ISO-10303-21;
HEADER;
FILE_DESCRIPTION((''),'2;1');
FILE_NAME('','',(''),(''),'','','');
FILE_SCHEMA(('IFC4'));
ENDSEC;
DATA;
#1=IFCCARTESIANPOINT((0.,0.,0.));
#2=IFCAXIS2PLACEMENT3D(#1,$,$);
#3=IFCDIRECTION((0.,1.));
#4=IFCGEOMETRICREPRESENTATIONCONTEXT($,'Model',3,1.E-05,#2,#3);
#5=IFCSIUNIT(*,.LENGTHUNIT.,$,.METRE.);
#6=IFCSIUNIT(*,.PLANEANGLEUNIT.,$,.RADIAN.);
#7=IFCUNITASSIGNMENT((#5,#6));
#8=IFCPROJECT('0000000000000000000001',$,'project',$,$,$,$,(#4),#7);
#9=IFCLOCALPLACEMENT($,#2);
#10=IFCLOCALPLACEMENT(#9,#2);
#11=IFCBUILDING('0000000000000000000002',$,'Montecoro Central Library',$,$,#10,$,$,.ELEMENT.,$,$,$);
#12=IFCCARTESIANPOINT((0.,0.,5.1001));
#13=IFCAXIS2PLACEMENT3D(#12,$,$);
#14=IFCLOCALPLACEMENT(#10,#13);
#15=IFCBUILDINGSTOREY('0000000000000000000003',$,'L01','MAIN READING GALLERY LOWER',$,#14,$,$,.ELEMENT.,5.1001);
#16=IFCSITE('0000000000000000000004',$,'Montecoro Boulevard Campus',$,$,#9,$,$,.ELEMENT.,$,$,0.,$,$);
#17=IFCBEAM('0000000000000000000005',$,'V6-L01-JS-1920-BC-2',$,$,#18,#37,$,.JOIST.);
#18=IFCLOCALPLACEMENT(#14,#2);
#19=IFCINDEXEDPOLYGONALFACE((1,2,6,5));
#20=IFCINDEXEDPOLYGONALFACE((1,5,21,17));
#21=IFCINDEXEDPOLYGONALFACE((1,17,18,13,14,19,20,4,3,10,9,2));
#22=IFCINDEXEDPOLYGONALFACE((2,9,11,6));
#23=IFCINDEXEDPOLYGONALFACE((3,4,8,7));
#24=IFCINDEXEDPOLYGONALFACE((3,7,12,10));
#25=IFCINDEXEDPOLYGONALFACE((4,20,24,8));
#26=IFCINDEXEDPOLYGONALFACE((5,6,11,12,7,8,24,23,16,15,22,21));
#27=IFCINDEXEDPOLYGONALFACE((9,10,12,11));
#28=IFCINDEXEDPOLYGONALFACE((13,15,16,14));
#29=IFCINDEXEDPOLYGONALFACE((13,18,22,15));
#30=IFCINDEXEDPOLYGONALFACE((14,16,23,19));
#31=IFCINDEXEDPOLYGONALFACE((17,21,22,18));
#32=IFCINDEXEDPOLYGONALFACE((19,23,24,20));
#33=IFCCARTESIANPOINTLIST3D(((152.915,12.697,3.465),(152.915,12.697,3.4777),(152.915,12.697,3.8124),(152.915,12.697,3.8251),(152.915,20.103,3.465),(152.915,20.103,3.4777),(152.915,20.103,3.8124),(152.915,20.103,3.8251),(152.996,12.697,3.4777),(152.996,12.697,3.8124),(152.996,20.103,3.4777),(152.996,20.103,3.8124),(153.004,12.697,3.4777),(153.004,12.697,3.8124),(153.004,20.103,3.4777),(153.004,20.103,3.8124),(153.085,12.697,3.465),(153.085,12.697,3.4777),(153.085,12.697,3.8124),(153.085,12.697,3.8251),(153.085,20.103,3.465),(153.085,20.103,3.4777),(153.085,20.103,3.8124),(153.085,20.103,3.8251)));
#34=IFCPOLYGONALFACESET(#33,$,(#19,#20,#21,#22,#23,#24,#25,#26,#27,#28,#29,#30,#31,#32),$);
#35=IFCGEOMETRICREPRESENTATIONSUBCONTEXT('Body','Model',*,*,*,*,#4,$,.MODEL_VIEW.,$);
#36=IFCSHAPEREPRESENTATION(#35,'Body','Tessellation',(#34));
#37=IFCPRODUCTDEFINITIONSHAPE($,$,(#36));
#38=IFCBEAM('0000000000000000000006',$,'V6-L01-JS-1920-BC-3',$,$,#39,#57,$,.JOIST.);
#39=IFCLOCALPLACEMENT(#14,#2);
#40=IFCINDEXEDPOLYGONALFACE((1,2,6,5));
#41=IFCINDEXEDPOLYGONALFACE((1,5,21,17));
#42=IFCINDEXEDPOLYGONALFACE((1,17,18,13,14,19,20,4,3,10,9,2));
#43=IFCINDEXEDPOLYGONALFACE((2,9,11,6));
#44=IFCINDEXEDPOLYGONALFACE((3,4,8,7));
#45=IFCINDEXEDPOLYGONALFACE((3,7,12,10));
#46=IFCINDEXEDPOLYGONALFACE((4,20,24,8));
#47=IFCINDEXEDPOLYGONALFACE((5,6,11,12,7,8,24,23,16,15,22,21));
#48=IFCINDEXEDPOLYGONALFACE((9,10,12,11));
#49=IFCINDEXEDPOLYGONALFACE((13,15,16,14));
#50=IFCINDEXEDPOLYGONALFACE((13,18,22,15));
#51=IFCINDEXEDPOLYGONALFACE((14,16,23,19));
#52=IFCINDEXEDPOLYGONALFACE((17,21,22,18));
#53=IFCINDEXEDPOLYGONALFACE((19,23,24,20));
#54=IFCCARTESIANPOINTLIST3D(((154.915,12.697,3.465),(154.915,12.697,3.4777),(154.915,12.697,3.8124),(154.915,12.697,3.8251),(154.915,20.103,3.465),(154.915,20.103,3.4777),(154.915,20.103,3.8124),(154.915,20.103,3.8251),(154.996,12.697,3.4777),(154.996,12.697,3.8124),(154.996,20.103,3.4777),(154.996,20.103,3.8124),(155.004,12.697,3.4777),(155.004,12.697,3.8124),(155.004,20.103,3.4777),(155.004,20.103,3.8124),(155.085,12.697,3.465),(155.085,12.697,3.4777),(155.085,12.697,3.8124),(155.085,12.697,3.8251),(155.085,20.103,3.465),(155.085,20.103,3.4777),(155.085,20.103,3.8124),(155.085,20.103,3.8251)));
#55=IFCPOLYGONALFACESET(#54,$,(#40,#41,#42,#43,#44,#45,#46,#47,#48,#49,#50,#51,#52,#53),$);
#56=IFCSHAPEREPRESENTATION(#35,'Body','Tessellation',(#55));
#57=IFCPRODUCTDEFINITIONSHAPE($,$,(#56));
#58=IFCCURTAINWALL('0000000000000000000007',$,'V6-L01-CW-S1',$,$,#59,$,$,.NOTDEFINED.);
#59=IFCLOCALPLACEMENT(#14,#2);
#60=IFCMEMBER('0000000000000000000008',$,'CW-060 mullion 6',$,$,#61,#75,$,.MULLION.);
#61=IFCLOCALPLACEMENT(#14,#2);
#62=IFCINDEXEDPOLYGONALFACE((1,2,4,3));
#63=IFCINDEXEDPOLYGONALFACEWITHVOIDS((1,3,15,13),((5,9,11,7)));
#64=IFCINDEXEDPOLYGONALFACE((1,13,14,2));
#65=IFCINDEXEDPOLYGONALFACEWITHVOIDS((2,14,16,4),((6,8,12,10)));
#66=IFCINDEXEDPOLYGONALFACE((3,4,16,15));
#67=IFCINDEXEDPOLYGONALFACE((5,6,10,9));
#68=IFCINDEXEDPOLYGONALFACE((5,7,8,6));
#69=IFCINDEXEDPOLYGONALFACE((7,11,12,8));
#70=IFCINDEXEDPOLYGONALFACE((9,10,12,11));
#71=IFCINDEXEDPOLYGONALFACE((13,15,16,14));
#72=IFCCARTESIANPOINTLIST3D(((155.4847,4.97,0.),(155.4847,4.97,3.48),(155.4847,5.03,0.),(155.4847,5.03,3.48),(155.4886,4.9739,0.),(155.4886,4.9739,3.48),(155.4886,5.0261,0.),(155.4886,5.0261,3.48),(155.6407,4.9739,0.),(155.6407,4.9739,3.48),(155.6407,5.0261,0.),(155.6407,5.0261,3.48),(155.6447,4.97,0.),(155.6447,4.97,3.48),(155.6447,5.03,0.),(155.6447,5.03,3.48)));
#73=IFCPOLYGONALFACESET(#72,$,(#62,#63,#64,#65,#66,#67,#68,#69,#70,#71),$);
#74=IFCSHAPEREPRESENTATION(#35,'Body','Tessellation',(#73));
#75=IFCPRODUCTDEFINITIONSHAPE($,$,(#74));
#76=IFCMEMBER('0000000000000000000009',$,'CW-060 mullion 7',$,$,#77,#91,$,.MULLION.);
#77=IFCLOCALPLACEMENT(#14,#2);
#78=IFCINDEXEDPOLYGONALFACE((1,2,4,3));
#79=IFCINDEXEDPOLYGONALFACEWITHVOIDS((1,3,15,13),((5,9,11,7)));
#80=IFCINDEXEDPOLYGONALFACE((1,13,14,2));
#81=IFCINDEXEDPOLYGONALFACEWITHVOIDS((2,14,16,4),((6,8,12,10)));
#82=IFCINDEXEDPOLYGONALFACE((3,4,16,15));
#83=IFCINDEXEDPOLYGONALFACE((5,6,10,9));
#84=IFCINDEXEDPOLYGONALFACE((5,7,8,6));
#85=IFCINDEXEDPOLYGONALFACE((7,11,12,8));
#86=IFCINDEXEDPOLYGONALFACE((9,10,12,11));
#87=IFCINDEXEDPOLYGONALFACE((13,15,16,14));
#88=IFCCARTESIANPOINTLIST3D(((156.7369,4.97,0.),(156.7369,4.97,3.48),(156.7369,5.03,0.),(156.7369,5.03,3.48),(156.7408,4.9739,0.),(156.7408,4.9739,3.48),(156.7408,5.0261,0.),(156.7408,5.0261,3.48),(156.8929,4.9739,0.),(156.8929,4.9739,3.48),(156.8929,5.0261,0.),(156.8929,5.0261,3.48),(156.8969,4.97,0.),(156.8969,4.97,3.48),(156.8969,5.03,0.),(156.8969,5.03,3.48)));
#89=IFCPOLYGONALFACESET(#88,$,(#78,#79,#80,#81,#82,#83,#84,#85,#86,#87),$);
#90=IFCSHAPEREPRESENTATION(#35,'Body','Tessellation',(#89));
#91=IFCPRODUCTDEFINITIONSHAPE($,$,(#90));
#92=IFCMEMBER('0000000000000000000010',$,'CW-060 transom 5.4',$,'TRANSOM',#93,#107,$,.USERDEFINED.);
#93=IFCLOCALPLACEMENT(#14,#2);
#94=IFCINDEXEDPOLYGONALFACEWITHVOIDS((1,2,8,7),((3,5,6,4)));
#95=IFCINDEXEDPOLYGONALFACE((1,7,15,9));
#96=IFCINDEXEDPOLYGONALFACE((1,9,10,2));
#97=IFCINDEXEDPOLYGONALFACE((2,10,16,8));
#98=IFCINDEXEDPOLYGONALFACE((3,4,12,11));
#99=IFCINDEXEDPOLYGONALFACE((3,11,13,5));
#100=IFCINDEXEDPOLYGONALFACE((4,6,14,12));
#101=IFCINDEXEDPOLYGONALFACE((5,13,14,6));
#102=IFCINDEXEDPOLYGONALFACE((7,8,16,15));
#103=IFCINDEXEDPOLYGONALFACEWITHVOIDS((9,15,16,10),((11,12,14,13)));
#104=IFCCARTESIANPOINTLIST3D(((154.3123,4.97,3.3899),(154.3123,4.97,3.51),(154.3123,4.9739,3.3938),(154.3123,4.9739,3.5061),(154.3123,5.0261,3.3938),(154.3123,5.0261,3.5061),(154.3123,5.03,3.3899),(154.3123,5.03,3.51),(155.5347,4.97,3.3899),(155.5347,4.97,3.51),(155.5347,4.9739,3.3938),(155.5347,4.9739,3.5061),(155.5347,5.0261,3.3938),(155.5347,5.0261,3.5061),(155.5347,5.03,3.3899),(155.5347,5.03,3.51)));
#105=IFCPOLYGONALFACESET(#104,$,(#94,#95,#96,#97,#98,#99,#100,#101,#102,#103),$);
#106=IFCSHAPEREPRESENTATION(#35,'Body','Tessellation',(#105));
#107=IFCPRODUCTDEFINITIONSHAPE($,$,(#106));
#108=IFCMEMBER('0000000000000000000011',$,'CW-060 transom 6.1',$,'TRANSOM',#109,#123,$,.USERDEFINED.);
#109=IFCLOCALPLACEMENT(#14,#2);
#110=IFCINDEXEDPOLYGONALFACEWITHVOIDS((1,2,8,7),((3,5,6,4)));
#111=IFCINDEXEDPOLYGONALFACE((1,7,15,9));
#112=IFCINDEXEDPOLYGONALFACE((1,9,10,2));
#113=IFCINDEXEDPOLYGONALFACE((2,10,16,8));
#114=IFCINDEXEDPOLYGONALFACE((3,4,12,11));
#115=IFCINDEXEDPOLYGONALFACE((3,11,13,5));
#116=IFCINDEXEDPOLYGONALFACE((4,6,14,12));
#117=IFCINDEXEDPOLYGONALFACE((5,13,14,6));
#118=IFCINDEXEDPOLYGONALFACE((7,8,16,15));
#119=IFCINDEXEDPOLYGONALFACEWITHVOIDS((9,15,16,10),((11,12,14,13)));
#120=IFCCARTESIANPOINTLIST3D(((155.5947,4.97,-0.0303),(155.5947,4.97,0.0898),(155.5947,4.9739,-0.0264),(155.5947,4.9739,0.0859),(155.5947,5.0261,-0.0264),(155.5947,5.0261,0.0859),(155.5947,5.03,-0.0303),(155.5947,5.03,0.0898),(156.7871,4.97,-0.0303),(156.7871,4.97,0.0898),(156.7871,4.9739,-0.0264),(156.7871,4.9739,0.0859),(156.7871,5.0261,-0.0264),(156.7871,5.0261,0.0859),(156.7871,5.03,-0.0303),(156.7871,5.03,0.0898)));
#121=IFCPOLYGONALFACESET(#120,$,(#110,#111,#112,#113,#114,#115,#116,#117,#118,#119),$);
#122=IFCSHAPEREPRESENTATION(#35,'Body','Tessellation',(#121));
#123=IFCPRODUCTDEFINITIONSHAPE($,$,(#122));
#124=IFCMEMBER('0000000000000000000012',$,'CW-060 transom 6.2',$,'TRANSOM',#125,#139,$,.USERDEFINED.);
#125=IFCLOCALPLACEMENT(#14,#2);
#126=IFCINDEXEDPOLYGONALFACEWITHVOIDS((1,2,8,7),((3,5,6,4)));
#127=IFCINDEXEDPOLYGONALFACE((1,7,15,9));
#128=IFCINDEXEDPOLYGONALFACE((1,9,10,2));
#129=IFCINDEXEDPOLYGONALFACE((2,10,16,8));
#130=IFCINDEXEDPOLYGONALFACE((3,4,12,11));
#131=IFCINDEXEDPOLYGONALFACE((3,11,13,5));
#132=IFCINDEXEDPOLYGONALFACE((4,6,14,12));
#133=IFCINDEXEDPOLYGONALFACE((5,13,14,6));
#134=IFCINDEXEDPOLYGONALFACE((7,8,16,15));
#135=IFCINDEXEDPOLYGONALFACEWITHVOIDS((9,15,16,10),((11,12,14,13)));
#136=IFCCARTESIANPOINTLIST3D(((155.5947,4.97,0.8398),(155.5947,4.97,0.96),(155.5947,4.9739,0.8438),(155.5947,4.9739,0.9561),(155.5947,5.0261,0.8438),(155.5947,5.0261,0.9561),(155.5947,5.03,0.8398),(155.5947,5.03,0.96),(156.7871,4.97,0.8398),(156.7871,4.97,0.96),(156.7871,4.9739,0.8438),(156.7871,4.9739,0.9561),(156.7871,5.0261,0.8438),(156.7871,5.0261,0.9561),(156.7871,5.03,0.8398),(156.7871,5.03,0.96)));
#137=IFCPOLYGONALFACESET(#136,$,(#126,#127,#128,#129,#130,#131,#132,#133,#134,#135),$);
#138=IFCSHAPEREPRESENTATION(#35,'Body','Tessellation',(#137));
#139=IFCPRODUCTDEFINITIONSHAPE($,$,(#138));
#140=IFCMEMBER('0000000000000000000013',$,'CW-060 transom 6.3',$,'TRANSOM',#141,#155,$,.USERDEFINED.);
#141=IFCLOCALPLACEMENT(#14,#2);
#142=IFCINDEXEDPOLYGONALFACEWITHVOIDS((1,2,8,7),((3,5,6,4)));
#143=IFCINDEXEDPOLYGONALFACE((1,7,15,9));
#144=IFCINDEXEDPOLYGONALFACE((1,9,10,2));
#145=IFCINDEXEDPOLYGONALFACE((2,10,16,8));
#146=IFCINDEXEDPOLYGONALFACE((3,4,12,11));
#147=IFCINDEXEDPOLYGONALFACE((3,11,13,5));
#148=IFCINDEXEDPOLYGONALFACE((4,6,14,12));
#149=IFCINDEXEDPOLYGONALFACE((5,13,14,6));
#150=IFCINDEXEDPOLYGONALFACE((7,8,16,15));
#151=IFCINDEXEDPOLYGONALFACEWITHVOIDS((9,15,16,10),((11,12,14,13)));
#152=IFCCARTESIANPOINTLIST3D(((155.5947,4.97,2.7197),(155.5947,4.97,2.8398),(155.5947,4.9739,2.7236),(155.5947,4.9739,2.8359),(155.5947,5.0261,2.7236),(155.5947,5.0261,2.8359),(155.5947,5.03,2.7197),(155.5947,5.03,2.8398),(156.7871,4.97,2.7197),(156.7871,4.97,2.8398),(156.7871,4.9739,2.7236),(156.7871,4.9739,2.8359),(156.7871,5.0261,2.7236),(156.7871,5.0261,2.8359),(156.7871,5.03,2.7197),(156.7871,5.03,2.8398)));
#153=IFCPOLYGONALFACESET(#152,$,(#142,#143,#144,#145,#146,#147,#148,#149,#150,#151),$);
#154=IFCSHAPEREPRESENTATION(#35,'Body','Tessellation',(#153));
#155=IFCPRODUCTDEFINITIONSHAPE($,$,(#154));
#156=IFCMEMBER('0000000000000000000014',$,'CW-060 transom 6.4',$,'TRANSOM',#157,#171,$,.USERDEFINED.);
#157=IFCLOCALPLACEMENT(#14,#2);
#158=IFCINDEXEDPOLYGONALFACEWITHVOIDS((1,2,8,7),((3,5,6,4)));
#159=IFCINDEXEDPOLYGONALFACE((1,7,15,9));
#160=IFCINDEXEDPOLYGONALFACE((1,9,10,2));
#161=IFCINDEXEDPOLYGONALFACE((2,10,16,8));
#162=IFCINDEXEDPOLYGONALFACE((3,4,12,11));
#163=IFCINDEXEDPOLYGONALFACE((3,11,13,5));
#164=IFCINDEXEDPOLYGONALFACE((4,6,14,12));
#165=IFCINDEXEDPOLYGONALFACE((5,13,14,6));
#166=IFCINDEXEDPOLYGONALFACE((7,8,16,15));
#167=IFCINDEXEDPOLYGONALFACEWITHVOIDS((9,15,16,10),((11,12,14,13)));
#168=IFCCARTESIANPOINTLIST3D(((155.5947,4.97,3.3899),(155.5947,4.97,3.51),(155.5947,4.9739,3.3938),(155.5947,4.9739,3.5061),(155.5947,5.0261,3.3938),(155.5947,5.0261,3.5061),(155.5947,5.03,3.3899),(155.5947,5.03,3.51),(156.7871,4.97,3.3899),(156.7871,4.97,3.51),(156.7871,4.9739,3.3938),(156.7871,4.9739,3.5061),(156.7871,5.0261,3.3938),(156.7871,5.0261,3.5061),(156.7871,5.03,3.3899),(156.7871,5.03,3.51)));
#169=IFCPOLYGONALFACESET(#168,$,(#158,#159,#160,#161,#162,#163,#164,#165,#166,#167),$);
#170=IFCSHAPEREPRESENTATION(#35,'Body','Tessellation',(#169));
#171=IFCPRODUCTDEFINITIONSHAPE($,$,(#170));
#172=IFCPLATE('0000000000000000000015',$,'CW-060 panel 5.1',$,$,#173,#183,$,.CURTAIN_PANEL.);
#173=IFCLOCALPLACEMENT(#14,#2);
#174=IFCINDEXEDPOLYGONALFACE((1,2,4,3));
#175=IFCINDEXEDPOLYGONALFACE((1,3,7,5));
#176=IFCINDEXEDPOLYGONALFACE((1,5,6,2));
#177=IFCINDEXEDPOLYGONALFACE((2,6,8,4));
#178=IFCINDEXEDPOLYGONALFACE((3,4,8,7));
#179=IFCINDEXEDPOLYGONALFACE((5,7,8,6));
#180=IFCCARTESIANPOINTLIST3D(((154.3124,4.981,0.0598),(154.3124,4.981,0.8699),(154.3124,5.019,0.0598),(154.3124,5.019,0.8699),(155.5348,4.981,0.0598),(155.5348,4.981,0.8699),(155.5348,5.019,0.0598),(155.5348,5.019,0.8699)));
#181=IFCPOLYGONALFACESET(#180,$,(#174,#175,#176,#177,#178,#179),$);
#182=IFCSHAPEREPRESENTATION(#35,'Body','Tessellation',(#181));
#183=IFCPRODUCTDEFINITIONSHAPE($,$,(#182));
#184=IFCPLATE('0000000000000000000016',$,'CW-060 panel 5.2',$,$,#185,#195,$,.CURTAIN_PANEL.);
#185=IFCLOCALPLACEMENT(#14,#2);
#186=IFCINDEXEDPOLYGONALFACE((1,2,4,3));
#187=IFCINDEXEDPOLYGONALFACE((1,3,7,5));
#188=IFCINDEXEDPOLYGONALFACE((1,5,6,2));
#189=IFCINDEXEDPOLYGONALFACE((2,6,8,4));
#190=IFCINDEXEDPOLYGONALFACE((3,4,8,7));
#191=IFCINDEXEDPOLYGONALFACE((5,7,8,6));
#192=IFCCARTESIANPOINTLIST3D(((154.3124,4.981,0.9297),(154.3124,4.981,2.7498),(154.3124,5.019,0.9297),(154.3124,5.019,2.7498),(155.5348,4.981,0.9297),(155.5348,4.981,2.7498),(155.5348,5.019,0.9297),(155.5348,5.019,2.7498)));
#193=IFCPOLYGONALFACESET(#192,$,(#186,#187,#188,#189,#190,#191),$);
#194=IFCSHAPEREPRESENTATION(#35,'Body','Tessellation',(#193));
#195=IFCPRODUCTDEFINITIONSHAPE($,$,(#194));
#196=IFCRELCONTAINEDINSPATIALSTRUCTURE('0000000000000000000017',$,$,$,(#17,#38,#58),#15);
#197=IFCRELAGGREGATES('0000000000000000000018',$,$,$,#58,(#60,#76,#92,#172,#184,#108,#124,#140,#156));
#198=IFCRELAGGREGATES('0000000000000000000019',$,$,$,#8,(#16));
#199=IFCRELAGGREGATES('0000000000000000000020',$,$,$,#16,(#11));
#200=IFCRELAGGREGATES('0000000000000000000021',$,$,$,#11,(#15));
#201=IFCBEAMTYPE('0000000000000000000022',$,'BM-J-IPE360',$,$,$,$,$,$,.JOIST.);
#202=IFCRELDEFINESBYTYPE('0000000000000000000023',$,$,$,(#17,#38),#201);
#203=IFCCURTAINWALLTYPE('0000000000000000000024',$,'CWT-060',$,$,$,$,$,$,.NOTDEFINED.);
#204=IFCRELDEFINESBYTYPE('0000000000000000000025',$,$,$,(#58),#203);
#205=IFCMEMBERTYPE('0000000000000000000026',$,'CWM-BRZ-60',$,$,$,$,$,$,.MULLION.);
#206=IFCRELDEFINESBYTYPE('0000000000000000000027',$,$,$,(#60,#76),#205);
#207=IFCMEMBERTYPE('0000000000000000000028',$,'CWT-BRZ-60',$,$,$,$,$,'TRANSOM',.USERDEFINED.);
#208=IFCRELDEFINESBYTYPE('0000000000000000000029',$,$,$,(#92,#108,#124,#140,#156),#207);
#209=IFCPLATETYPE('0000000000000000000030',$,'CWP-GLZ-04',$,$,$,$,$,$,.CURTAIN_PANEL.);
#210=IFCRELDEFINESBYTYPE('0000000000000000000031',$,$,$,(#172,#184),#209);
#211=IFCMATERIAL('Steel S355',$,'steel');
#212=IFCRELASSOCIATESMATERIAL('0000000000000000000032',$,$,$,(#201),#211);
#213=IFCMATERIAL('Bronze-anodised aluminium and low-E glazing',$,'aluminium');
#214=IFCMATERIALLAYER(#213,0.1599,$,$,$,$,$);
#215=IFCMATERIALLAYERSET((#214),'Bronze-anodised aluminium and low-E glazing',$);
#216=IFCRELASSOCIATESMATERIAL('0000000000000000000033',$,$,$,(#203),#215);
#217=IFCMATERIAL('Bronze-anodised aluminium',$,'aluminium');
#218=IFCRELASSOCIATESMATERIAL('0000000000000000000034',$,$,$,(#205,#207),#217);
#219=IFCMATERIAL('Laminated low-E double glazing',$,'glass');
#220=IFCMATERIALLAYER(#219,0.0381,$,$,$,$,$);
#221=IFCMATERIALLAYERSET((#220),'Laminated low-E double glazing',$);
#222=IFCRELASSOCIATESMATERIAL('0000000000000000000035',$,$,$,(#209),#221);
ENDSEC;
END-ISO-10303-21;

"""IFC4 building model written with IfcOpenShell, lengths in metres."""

from ifc_helpers import new_model, si_unit, direction, frame, origin, origin_2d, place, context, subcontext, project, spatial, rectangle, hollow_rectangle, i_section, extrude, material, layer, layer_set, material_profile, profile_set, type_object, element, aggregate, save


model = new_model("IFC4")

# Units and contexts
model_context = context("Model", 3, precision=1e-05, world=origin(), true_north=direction((0.0, 1.0)))
body_context = subcontext(model_context, "Body", "Model", "MODEL_VIEW")
ifc_project = project(units=[si_unit("LENGTHUNIT", "METRE"), si_unit("PLANEANGLEUNIT", "RADIAN")], contexts=[model_context])

# Site, building, storey
site_placement = place(None, origin())
site = spatial("IfcSite", under=ifc_project, at=site_placement, Name="Montecoro Boulevard Campus", CompositionType="ELEMENT", RefElevation=0.0)
building_placement = place(site_placement, origin())
building = spatial("IfcBuilding", under=site, at=building_placement, Name="Montecoro Central Library", CompositionType="ELEMENT")
storey_placement = place(building_placement, frame((0.0, 0.0, 5.1001)))
storey = spatial("IfcBuildingStorey", under=building, at=storey_placement, Name="L01", Description="MAIN READING GALLERY LOWER", CompositionType="ELEMENT", Elevation=5.1001)

# Shared definitions
ifc_material_1 = material(Name="Steel S355", Category="steel")

# Beams
ifc_material_profile_1 = material_profile(ifc_material_1, i_section(OverallWidth=0.1699, OverallDepth=0.3601, WebThickness=0.0081, FlangeThickness=0.0127, at=origin_2d()), Name="IPE 360")
ifc_profile_set_1 = profile_set([ifc_material_profile_1], Name="Steel S355")
beam_type_1 = type_object("IfcBeamType", Name="BM-J-IPE360", PredefinedType="JOIST", material=ifc_profile_set_1)
for number, where, z_axis, x_axis, name in (
    (1, (153.0, 12.697, 3.645), (0.0, 1.0, 0.0), (-1.0, 0.0, 0.0), "V6-L01-JS-1920-BC-2"),
    (2, (155.0, 12.697, 3.645), (0.0, 1.0, 0.0), (-1.0, 0.0, 0.0), "V6-L01-JS-1920-BC-3"),
):
    element("IfcBeam", number, at=place(storey_placement, frame(where, z_axis=z_axis, x_axis=x_axis)), inside=storey, type_object=beam_type_1, Name=name, PredefinedType="JOIST", context=body_context, shape_type="SweptSolid", body=[
        extrude(i_section(OverallWidth=0.1699, OverallDepth=0.3601, WebThickness=0.0081, FlangeThickness=0.0127, at=origin_2d()), origin(), (0.0, 0.0, 1.0), 7.406),
    ])

# Curtain wall, members, plates
ifc_material_2 = material(Name="Bronze-anodised aluminium and low-E glazing", Category="aluminium")
ifc_layer_1 = layer(ifc_material_2, 0.1599)
ifc_layer_set_1 = layer_set([ifc_layer_1], Name="Bronze-anodised aluminium and low-E glazing")
curtain_wall_type = type_object("IfcCurtainWallType", Name="CWT-060", PredefinedType="NOTDEFINED", material=ifc_layer_set_1)
curtain_wall_placement = place(storey_placement, origin())
curtain_wall = element("IfcCurtainWall", 3, at=curtain_wall_placement, inside=storey, type_object=curtain_wall_type, Name="V6-L01-CW-S1", PredefinedType="NOTDEFINED")
ifc_material_3 = material(Name="Bronze-anodised aluminium", Category="aluminium")
ifc_material_profile_2 = material_profile(ifc_material_3, hollow_rectangle(XDim=0.0601, YDim=0.1599, WallThickness=0.0039, at=origin_2d()), Name="CWM 160x60x4.0")
ifc_profile_set_2 = profile_set([ifc_material_profile_2], Name="Bronze-anodised aluminium")
member_type_1 = type_object("IfcMemberType", Name="CWM-BRZ-60", PredefinedType="MULLION", material=ifc_profile_set_2)
member_1_placement = place(storey_placement, frame((155.5647, 5.0, 0.0), z_axis=(0.0, 0.0, 1.0), x_axis=(0.0, 1.0, 0.0)))
member_1 = element("IfcMember", 4, at=member_1_placement, type_object=member_type_1, Name="CW-060 mullion 6", PredefinedType="MULLION", context=body_context, shape_type="SweptSolid", body=[
    extrude(hollow_rectangle(XDim=0.0601, YDim=0.1599, WallThickness=0.0039, at=origin_2d()), origin(), (0.0, 0.0, 1.0), 3.48),
])
member_2_placement = place(storey_placement, frame((156.8169, 5.0, 0.0), z_axis=(0.0, 0.0, 1.0), x_axis=(0.0, 1.0, 0.0)))
member_2 = element("IfcMember", 5, at=member_2_placement, type_object=member_type_1, Name="CW-060 mullion 7", PredefinedType="MULLION", context=body_context, shape_type="SweptSolid", body=[
    extrude(hollow_rectangle(XDim=0.0601, YDim=0.1599, WallThickness=0.0039, at=origin_2d()), origin(), (0.0, 0.0, 1.0), 3.48),
])
ifc_material_profile_3 = material_profile(ifc_material_3, hollow_rectangle(XDim=0.0601, YDim=0.1201, WallThickness=0.0039, at=origin_2d()), Name="CWT 120x60x4.0")
ifc_profile_set_3 = profile_set([ifc_material_profile_3], Name="Bronze-anodised aluminium")
member_type_2 = type_object("IfcMemberType", Name="CWT-BRZ-60", ElementType="TRANSOM", PredefinedType="USERDEFINED", material=ifc_profile_set_3)
member_3_placement = place(storey_placement, frame((154.3123, 5.0, 3.45), z_axis=(1.0, 0.0, 0.0), x_axis=(0.0, 1.0, 0.0)))
member_3 = element("IfcMember", 6, at=member_3_placement, type_object=member_type_2, Name="CW-060 transom 5.4", ObjectType="TRANSOM", PredefinedType="USERDEFINED", context=body_context, shape_type="SweptSolid", body=[
    extrude(hollow_rectangle(XDim=0.0601, YDim=0.1201, WallThickness=0.0039, at=origin_2d()), origin(), (0.0, 0.0, 1.0), 1.2224),
])
member_4_placement = place(storey_placement, frame((155.5947, 5.0, 0.0298), z_axis=(1.0, 0.0, 0.0), x_axis=(0.0, 1.0, 0.0)))
member_4 = element("IfcMember", 7, at=member_4_placement, type_object=member_type_2, Name="CW-060 transom 6.1", ObjectType="TRANSOM", PredefinedType="USERDEFINED", context=body_context, shape_type="SweptSolid", body=[
    extrude(hollow_rectangle(XDim=0.0601, YDim=0.1201, WallThickness=0.0039, at=origin_2d()), origin(), (0.0, 0.0, 1.0), 1.1924),
])
member_5_placement = place(storey_placement, frame((155.5947, 5.0, 0.8999), z_axis=(1.0, 0.0, 0.0), x_axis=(0.0, 1.0, 0.0)))
member_5 = element("IfcMember", 8, at=member_5_placement, type_object=member_type_2, Name="CW-060 transom 6.2", ObjectType="TRANSOM", PredefinedType="USERDEFINED", context=body_context, shape_type="SweptSolid", body=[
    extrude(hollow_rectangle(XDim=0.0601, YDim=0.1201, WallThickness=0.0039, at=origin_2d()), origin(), (0.0, 0.0, 1.0), 1.1924),
])
member_6_placement = place(storey_placement, frame((155.5947, 5.0, 2.7798), z_axis=(1.0, 0.0, 0.0), x_axis=(0.0, 1.0, 0.0)))
member_6 = element("IfcMember", 9, at=member_6_placement, type_object=member_type_2, Name="CW-060 transom 6.3", ObjectType="TRANSOM", PredefinedType="USERDEFINED", context=body_context, shape_type="SweptSolid", body=[
    extrude(hollow_rectangle(XDim=0.0601, YDim=0.1201, WallThickness=0.0039, at=origin_2d()), origin(), (0.0, 0.0, 1.0), 1.1924),
])
member_7_placement = place(storey_placement, frame((155.5947, 5.0, 3.45), z_axis=(1.0, 0.0, 0.0), x_axis=(0.0, 1.0, 0.0)))
member_7 = element("IfcMember", 10, at=member_7_placement, type_object=member_type_2, Name="CW-060 transom 6.4", ObjectType="TRANSOM", PredefinedType="USERDEFINED", context=body_context, shape_type="SweptSolid", body=[
    extrude(hollow_rectangle(XDim=0.0601, YDim=0.1201, WallThickness=0.0039, at=origin_2d()), origin(), (0.0, 0.0, 1.0), 1.1924),
])
ifc_material_4 = material(Name="Laminated low-E double glazing", Category="glass")
ifc_layer_2 = layer(ifc_material_4, 0.0381)
ifc_layer_set_2 = layer_set([ifc_layer_2], Name="Laminated low-E double glazing")
plate_type = type_object("IfcPlateType", Name="CWP-GLZ-04", PredefinedType="CURTAIN_PANEL", material=ifc_layer_set_2)
plate_1_placement = place(storey_placement, frame((154.9236, 5.0, 0.0598), z_axis=(0.0, 0.0, 1.0), x_axis=(1.0, 0.0, 0.0)))
plate_1 = element("IfcPlate", 11, at=plate_1_placement, type_object=plate_type, Name="CW-060 panel 5.1", PredefinedType="CURTAIN_PANEL", context=body_context, shape_type="SweptSolid", body=[
    extrude(rectangle(XDim=1.2224, YDim=0.0381, at=origin_2d()), origin(), (0.0, 0.0, 1.0), 0.8101),
])
plate_2_placement = place(storey_placement, frame((154.9236, 5.0, 0.9297), z_axis=(0.0, 0.0, 1.0), x_axis=(1.0, 0.0, 0.0)))
plate_2 = element("IfcPlate", 12, at=plate_2_placement, type_object=plate_type, Name="CW-060 panel 5.2", PredefinedType="CURTAIN_PANEL", context=body_context, shape_type="SweptSolid", body=[
    extrude(rectangle(XDim=1.2224, YDim=0.0381, at=origin_2d()), origin(), (0.0, 0.0, 1.0), 1.8201),
])
aggregate(curtain_wall, [member_1, member_2, member_3, plate_1, plate_2, member_4, member_5, member_6, member_7])

save(model, "model.ifc")
